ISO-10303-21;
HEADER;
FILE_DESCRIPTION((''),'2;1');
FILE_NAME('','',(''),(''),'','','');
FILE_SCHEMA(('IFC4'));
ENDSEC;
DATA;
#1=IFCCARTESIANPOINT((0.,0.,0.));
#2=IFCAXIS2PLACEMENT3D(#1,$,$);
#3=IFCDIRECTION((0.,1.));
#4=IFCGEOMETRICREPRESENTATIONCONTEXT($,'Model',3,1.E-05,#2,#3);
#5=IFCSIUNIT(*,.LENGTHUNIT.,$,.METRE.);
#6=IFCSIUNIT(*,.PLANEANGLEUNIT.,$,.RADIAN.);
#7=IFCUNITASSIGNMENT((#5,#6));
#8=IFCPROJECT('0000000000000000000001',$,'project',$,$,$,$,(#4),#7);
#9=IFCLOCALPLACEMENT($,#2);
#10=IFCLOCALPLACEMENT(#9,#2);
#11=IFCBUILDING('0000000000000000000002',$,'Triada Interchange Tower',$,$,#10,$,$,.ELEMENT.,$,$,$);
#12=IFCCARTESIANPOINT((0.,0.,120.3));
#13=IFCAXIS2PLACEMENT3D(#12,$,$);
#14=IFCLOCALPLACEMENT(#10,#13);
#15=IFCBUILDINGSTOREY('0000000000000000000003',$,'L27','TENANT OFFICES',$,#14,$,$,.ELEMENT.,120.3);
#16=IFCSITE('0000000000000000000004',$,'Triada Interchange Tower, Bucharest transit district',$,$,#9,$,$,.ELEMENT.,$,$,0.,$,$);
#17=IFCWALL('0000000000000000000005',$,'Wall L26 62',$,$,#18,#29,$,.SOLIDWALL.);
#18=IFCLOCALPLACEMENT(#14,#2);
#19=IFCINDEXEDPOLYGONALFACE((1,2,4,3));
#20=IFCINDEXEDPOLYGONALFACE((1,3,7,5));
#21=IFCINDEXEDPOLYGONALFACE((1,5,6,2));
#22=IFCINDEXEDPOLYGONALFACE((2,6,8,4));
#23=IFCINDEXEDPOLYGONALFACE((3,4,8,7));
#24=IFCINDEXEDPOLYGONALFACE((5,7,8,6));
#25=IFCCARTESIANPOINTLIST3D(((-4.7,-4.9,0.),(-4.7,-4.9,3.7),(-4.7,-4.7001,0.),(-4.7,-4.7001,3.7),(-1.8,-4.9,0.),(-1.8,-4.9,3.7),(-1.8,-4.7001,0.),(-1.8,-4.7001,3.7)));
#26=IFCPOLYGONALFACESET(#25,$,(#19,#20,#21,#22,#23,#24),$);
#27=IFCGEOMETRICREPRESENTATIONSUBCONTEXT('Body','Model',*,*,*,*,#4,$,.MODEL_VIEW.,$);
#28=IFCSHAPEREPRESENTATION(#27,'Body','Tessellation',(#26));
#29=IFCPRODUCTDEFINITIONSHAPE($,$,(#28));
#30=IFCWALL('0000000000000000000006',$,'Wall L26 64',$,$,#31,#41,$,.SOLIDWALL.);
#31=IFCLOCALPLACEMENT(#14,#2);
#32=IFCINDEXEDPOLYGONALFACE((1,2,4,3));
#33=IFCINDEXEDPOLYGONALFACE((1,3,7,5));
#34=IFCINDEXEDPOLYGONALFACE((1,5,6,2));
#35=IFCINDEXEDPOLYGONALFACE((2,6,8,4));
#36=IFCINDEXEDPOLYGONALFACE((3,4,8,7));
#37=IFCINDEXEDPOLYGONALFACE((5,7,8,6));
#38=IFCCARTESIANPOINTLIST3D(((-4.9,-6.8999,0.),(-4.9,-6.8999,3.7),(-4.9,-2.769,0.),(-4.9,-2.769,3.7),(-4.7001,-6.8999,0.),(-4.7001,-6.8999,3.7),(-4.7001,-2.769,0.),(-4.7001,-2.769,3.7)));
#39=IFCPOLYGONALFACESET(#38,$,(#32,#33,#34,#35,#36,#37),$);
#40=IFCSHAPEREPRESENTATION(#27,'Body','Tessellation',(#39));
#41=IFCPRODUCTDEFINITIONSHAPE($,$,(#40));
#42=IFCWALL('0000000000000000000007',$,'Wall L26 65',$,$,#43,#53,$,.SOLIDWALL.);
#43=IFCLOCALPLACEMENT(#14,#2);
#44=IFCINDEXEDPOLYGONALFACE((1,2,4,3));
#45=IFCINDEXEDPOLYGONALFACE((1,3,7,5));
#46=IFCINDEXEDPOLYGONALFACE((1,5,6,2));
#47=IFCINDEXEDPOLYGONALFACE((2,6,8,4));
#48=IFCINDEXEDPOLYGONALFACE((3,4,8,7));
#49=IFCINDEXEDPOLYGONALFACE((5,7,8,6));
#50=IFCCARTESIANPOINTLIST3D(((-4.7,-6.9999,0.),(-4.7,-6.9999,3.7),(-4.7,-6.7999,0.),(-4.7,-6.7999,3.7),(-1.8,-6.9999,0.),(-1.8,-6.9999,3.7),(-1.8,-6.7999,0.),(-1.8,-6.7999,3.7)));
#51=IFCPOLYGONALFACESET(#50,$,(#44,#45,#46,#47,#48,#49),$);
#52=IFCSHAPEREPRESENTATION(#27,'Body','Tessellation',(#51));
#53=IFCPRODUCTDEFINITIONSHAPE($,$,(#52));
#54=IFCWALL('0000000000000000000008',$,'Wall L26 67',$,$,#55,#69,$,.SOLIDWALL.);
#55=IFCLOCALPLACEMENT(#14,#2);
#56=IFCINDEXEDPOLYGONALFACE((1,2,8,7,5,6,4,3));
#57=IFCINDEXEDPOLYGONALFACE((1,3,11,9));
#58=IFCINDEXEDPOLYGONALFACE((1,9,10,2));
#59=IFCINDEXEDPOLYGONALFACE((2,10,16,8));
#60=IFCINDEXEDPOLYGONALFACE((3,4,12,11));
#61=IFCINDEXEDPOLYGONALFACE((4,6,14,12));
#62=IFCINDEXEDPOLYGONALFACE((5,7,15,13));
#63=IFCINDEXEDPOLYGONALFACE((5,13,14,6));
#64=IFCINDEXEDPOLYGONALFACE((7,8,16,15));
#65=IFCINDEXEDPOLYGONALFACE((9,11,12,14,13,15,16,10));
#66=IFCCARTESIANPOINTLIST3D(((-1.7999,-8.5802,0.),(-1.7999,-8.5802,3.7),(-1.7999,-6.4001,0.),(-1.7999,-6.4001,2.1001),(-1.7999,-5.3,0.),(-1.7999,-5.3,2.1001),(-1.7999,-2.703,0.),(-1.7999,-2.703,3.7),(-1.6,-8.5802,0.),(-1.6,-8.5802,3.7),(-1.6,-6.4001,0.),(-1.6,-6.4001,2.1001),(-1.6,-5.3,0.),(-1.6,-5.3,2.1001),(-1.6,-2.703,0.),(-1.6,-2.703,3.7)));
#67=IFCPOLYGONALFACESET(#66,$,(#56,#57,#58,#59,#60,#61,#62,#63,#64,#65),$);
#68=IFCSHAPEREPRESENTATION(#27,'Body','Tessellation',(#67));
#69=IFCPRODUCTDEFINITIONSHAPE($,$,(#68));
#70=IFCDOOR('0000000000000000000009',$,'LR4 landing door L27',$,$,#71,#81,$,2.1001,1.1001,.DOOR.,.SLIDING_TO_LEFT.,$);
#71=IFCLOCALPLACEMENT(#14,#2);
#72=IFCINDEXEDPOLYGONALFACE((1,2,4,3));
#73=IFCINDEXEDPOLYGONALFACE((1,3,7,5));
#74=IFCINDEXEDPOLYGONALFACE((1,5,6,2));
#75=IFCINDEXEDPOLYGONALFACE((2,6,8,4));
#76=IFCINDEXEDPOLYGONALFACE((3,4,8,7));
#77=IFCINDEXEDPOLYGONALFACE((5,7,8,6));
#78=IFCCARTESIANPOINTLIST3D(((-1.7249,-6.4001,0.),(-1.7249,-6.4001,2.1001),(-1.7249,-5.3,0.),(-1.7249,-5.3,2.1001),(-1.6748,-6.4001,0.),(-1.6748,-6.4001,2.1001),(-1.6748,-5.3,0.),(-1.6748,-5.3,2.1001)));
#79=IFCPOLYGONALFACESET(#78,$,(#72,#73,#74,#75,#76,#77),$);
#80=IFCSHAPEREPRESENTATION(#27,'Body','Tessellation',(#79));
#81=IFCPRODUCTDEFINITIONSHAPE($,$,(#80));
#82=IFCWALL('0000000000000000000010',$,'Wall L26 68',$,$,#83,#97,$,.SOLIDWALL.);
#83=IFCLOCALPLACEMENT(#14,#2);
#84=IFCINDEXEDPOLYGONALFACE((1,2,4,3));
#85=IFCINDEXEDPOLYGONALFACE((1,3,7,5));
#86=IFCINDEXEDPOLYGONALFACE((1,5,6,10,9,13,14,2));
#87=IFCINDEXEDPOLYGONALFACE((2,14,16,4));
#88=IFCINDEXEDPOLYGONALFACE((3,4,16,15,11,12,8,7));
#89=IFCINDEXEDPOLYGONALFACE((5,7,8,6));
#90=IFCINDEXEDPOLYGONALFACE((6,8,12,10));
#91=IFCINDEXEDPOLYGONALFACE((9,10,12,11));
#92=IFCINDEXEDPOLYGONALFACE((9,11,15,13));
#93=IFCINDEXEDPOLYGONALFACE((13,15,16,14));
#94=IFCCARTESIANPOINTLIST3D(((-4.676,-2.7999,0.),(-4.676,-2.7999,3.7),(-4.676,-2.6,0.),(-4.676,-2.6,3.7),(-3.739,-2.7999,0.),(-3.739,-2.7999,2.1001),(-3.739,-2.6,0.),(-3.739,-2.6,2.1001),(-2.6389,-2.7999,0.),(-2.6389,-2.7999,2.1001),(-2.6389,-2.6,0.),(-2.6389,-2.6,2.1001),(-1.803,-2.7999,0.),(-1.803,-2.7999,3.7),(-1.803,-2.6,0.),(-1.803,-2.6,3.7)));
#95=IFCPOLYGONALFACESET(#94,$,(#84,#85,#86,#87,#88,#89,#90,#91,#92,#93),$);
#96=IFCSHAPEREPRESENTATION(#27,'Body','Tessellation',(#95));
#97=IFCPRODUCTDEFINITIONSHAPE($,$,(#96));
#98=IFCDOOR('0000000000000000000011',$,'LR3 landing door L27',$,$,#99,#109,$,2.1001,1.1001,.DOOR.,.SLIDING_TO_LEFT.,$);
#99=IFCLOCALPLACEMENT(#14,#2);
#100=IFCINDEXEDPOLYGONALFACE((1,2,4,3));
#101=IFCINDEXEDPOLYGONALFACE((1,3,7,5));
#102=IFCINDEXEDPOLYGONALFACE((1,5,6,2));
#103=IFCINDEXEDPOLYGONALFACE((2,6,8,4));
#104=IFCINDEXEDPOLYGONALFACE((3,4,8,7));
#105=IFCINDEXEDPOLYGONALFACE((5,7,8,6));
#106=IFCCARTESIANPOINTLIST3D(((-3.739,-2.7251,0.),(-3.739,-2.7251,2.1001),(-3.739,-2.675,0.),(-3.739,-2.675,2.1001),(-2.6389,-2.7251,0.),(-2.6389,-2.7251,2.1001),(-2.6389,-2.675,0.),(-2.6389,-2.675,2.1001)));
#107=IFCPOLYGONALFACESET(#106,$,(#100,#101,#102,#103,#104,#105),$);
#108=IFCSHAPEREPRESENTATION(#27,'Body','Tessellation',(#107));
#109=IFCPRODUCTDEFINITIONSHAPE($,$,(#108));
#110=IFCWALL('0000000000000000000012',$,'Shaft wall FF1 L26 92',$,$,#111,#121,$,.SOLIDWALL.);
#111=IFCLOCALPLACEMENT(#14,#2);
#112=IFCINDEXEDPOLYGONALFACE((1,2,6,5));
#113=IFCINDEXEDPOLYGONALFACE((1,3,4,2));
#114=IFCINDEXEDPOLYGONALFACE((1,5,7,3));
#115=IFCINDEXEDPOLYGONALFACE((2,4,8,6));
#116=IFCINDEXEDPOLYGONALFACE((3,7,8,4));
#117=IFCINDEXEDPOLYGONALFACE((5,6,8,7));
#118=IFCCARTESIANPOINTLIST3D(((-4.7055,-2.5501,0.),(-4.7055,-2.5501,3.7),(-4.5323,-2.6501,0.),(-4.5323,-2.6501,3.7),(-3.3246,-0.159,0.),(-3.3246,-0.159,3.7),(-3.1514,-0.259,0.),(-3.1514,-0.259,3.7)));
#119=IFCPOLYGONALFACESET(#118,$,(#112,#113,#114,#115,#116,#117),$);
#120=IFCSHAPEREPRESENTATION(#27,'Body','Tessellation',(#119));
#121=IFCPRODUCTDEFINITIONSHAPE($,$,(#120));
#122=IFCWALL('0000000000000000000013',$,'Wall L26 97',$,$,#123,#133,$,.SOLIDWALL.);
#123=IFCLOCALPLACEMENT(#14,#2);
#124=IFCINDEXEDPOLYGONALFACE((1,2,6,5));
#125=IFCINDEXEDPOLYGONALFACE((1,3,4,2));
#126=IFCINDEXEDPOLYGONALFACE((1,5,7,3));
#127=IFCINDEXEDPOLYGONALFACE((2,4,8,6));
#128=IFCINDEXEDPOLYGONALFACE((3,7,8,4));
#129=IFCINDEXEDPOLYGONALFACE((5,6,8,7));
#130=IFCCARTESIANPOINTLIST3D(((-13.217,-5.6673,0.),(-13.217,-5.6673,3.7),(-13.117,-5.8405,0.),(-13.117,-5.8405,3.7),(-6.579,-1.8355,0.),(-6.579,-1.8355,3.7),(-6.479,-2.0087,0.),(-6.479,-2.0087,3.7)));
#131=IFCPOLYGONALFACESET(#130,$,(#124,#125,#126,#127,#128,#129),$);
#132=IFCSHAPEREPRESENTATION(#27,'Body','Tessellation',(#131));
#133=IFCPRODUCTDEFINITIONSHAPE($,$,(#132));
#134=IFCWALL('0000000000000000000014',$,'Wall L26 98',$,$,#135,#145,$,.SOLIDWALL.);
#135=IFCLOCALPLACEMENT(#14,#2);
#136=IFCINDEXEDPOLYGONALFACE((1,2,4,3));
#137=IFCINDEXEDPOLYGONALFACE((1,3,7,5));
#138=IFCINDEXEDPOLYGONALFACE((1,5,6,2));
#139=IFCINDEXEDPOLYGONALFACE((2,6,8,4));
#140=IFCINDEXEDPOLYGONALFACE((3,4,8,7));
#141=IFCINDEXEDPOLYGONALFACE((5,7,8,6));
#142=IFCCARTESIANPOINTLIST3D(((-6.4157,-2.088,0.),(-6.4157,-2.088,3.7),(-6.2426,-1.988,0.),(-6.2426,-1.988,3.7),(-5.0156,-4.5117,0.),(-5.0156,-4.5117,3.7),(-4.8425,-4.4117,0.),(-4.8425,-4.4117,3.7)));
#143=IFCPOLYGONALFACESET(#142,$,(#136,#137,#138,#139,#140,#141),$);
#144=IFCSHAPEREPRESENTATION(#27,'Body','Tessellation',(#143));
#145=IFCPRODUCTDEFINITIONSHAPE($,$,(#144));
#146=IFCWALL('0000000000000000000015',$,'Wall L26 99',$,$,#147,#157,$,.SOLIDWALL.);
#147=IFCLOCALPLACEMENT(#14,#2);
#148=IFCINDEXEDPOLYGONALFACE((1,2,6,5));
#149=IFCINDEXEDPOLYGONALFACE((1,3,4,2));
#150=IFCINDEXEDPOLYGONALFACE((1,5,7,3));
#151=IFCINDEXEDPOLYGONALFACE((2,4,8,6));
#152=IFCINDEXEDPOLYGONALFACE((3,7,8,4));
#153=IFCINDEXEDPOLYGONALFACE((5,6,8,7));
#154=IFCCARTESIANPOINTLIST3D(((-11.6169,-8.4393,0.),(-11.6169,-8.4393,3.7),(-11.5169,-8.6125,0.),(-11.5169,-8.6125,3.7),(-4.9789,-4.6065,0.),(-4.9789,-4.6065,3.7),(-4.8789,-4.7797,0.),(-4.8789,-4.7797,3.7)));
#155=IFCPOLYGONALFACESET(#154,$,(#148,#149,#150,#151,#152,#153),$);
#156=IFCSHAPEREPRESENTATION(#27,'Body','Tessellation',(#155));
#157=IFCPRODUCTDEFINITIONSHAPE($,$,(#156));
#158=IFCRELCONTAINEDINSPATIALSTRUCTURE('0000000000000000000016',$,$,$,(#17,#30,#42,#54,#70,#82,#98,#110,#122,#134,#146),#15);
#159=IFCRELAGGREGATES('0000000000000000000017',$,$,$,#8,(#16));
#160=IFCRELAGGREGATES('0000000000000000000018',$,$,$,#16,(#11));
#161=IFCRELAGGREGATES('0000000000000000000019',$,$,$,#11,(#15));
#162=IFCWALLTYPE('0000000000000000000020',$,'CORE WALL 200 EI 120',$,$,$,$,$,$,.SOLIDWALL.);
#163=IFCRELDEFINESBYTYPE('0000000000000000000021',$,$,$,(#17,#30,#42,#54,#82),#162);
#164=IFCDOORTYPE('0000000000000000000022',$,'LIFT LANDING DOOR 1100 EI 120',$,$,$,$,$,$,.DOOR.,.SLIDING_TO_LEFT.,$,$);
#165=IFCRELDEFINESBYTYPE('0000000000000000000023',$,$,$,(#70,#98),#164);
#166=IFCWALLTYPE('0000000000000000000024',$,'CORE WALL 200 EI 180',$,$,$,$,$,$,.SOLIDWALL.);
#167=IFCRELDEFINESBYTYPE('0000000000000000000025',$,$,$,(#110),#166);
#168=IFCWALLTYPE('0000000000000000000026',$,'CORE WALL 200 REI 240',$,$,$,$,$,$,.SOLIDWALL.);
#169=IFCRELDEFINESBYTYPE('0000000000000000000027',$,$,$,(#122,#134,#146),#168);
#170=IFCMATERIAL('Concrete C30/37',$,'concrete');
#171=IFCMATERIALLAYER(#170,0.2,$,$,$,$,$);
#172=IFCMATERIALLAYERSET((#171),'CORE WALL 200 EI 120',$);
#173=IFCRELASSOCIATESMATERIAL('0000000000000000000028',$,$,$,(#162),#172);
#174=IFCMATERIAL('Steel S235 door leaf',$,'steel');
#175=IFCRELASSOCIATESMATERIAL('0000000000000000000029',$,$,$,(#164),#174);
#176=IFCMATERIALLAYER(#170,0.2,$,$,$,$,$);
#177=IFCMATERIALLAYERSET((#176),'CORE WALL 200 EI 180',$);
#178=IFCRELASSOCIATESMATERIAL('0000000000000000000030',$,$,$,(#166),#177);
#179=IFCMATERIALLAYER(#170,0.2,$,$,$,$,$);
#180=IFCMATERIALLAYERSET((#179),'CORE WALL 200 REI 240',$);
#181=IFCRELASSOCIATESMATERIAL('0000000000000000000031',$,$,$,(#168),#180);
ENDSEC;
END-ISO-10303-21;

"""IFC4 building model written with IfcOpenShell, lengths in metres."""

from ifc_helpers import new_model, si_unit, direction, frame, frame_2d, origin, place, context, subcontext, project, spatial, rectangle, extrude, material, layer, layer_set, type_object, element, fill, save


model = new_model("IFC4")

# Units and contexts
model_context = context("Model", 3, precision=1e-05, world=origin(), true_north=direction((0.0, 1.0)))
body_context = subcontext(model_context, "Body", "Model", "MODEL_VIEW")
ifc_project = project(units=[si_unit("LENGTHUNIT", "METRE"), si_unit("PLANEANGLEUNIT", "RADIAN")], contexts=[model_context])

# Site, building, storey
site_placement = place(None, origin())
site = spatial("IfcSite", under=ifc_project, at=site_placement, Name="Triada Interchange Tower, Bucharest transit district", CompositionType="ELEMENT", RefElevation=0.0)
building_placement = place(site_placement, origin())
building = spatial("IfcBuilding", under=site, at=building_placement, Name="Triada Interchange Tower", CompositionType="ELEMENT")
storey_placement = place(building_placement, frame((0.0, 0.0, 120.3)))
storey = spatial("IfcBuildingStorey", under=building, at=storey_placement, Name="L27", Description="TENANT OFFICES", CompositionType="ELEMENT", Elevation=120.3)

# Walls
ifc_material_1 = material(Name="Concrete C30/37", Category="concrete")
ifc_layer_1 = layer(ifc_material_1, 0.2)
ifc_layer_set_1 = layer_set([ifc_layer_1], Name="CORE WALL 200 EI 120")
wall_type_1 = type_object("IfcWallType", Name="CORE WALL 200 EI 120", PredefinedType="SOLIDWALL", material=ifc_layer_set_1)
wall_1_placement = place(storey_placement, frame((-4.7, -4.8, 0.0), z_axis=(0.0, 0.0, 1.0), x_axis=(1.0, 0.0, 0.0)))
element("IfcWall", 1, at=wall_1_placement, inside=storey, type_object=wall_type_1, Name="Wall L26 62", PredefinedType="SOLIDWALL", context=body_context, shape_type="SweptSolid", body=[
    extrude(rectangle(XDim=2.8999, YDim=0.2, at=frame_2d((1.45, 0.0))), origin(), (0.0, 0.0, 1.0), 3.7),
])
wall_2_placement = place(storey_placement, frame((-4.8, -6.8999, 0.0), z_axis=(0.0, 0.0, 1.0), x_axis=(0.0, 1.0, 0.0)))
element("IfcWall", 2, at=wall_2_placement, inside=storey, type_object=wall_type_1, Name="Wall L26 64", PredefinedType="SOLIDWALL", context=body_context, shape_type="SweptSolid", body=[
    extrude(rectangle(XDim=4.1309, YDim=0.2, at=frame_2d((2.0654, 0.0))), origin(), (0.0, 0.0, 1.0), 3.7),
])
wall_3_placement = place(storey_placement, frame((-4.7, -6.8999, 0.0), z_axis=(0.0, 0.0, 1.0), x_axis=(1.0, 0.0, 0.0)))
element("IfcWall", 3, at=wall_3_placement, inside=storey, type_object=wall_type_1, Name="Wall L26 65", PredefinedType="SOLIDWALL", context=body_context, shape_type="SweptSolid", body=[
    extrude(rectangle(XDim=2.8999, YDim=0.2, at=frame_2d((1.45, 0.0))), origin(), (0.0, 0.0, 1.0), 3.7),
])

# Walls, openings, doors
wall_4_placement = place(storey_placement, frame((-1.7, -8.5801, 0.0), z_axis=(0.0, 0.0, 1.0), x_axis=(0.0, 1.0, 0.0)))
wall_4 = element("IfcWall", 4, at=wall_4_placement, inside=storey, type_object=wall_type_1, Name="Wall L26 67", PredefinedType="SOLIDWALL", context=body_context, shape_type="SweptSolid", body=[
    extrude(rectangle(XDim=5.8772, YDim=0.2, at=frame_2d((2.9385, 0.0))), origin(), (0.0, 0.0, 1.0), 3.7),
])
opening_1_placement = place(wall_4_placement, frame((2.1799, 0.0, 0.0)))
opening_1 = element("IfcOpeningElement", 5, at=opening_1_placement, cuts=wall_4, PredefinedType="OPENING", context=body_context, shape_type="SweptSolid", body=[
    extrude(rectangle(XDim=1.1001, YDim=2.1001, at=frame_2d((0.55, 1.05))), frame((0.0, 0.1099, 0.0), z_axis=(0.0, -1.0, 0.0), x_axis=(1.0, 0.0, 0.0)), (0.0, 0.0, 1.0), 0.22),
])
ifc_material_2 = material(Name="Steel S235 door leaf", Category="steel")
door_type_1 = type_object("IfcDoorType", Name="LIFT LANDING DOOR 1100 EI 120", OperationType="SLIDING_TO_LEFT", PredefinedType="DOOR", material=ifc_material_2)
door_1_placement = place(opening_1_placement, origin())
door_1 = element("IfcDoor", 6, at=door_1_placement, inside=storey, type_object=door_type_1, Name="LR4 landing door L27", OperationType="SLIDING_TO_LEFT", OverallHeight=2.1001, OverallWidth=1.1001, PredefinedType="DOOR", context=body_context, shape_type="SweptSolid", body=[
    extrude(rectangle(XDim=1.1001, YDim=2.1001, at=frame_2d((0.55, 1.05))), frame((0.0, 0.0249, 0.0), z_axis=(0.0, -1.0, 0.0), x_axis=(1.0, 0.0, 0.0)), (0.0, 0.0, 1.0), 0.05),
])
fill(opening_1, door_1)
wall_5_placement = place(storey_placement, frame((-4.676, -2.7, 0.0), z_axis=(0.0, 0.0, 1.0), x_axis=(1.0, 0.0, 0.0)))
wall_5 = element("IfcWall", 7, at=wall_5_placement, inside=storey, type_object=wall_type_1, Name="Wall L26 68", PredefinedType="SOLIDWALL", context=body_context, shape_type="SweptSolid", body=[
    extrude(rectangle(XDim=2.873, YDim=0.2, at=frame_2d((1.4365, 0.0))), origin(), (0.0, 0.0, 1.0), 3.7),
])
opening_2_placement = place(wall_5_placement, frame((0.937, 0.0, 0.0)))
opening_2 = element("IfcOpeningElement", 8, at=opening_2_placement, cuts=wall_5, PredefinedType="OPENING", context=body_context, shape_type="SweptSolid", body=[
    extrude(rectangle(XDim=1.1001, YDim=2.1001, at=frame_2d((0.55, 1.05))), frame((0.0, 0.1099, 0.0), z_axis=(0.0, -1.0, 0.0), x_axis=(1.0, 0.0, 0.0)), (0.0, 0.0, 1.0), 0.22),
])
door_2_placement = place(opening_2_placement, origin())
door_2 = element("IfcDoor", 9, at=door_2_placement, inside=storey, type_object=door_type_1, Name="LR3 landing door L27", OperationType="SLIDING_TO_LEFT", OverallHeight=2.1001, OverallWidth=1.1001, PredefinedType="DOOR", context=body_context, shape_type="SweptSolid", body=[
    extrude(rectangle(XDim=1.1001, YDim=2.1001, at=frame_2d((0.55, 1.05))), frame((0.0, 0.0249, 0.0), z_axis=(0.0, -1.0, 0.0), x_axis=(1.0, 0.0, 0.0)), (0.0, 0.0, 1.0), 0.05),
])
fill(opening_2, door_2)

# Walls
ifc_layer_2 = layer(ifc_material_1, 0.2)
ifc_layer_set_2 = layer_set([ifc_layer_2], Name="CORE WALL 200 EI 180")
wall_type_2 = type_object("IfcWallType", Name="CORE WALL 200 EI 180", PredefinedType="SOLIDWALL", material=ifc_layer_set_2)
wall_6_placement = place(storey_placement, frame((-4.6189, -2.6001, 0.0), z_axis=(0.0, 0.0, 1.0), x_axis=(0.500095, 0.865971, 0.0)))
element("IfcWall", 10, at=wall_6_placement, inside=storey, type_object=wall_type_2, Name="Shaft wall FF1 L26 92", PredefinedType="SOLIDWALL", context=body_context, shape_type="SweptSolid", body=[
    extrude(rectangle(XDim=2.7612, YDim=0.2, at=frame_2d((1.3806, 0.0))), origin(), (0.0, 0.0, 1.0), 3.7),
])
ifc_layer_3 = layer(ifc_material_1, 0.2)
ifc_layer_set_3 = layer_set([ifc_layer_3], Name="CORE WALL 200 REI 240")
wall_type_3 = type_object("IfcWallType", Name="CORE WALL 200 REI 240", PredefinedType="SOLIDWALL", material=ifc_layer_set_3)
wall_7_placement = place(storey_placement, frame((-13.167, -5.7539, 0.0), z_axis=(0.0, 0.0, 1.0), x_axis=(0.866061, 0.499938, 0.0)))
element("IfcWall", 11, at=wall_7_placement, inside=storey, type_object=wall_type_3, Name="Wall L26 97", PredefinedType="SOLIDWALL", context=body_context, shape_type="SweptSolid", body=[
    extrude(rectangle(XDim=7.6646, YDim=0.2, at=frame_2d((3.8323, 0.0))), origin(), (0.0, 0.0, 1.0), 3.7),
])
wall_8_placement = place(storey_placement, frame((-6.3291, -2.0381, 0.0), z_axis=(0.0, 0.0, 1.0), x_axis=(0.500201, -0.86591, 0.0)))
element("IfcWall", 12, at=wall_8_placement, inside=storey, type_object=wall_type_3, Name="Wall L26 98", PredefinedType="SOLIDWALL", context=body_context, shape_type="SweptSolid", body=[
    extrude(rectangle(XDim=2.7991, YDim=0.2, at=frame_2d((1.3994, 0.0))), origin(), (0.0, 0.0, 1.0), 3.7),
])
wall_9_placement = place(storey_placement, frame((-11.5669, -8.5259, 0.0), z_axis=(0.0, 0.0, 1.0), x_axis=(0.866006, 0.500034, 0.0)))
element("IfcWall", 13, at=wall_9_placement, inside=storey, type_object=wall_type_3, Name="Wall L26 99", PredefinedType="SOLIDWALL", context=body_context, shape_type="SweptSolid", body=[
    extrude(rectangle(XDim=7.665, YDim=0.2, at=frame_2d((3.8325, 0.0))), origin(), (0.0, 0.0, 1.0), 3.7),
])

save(model, "model.ifc")
